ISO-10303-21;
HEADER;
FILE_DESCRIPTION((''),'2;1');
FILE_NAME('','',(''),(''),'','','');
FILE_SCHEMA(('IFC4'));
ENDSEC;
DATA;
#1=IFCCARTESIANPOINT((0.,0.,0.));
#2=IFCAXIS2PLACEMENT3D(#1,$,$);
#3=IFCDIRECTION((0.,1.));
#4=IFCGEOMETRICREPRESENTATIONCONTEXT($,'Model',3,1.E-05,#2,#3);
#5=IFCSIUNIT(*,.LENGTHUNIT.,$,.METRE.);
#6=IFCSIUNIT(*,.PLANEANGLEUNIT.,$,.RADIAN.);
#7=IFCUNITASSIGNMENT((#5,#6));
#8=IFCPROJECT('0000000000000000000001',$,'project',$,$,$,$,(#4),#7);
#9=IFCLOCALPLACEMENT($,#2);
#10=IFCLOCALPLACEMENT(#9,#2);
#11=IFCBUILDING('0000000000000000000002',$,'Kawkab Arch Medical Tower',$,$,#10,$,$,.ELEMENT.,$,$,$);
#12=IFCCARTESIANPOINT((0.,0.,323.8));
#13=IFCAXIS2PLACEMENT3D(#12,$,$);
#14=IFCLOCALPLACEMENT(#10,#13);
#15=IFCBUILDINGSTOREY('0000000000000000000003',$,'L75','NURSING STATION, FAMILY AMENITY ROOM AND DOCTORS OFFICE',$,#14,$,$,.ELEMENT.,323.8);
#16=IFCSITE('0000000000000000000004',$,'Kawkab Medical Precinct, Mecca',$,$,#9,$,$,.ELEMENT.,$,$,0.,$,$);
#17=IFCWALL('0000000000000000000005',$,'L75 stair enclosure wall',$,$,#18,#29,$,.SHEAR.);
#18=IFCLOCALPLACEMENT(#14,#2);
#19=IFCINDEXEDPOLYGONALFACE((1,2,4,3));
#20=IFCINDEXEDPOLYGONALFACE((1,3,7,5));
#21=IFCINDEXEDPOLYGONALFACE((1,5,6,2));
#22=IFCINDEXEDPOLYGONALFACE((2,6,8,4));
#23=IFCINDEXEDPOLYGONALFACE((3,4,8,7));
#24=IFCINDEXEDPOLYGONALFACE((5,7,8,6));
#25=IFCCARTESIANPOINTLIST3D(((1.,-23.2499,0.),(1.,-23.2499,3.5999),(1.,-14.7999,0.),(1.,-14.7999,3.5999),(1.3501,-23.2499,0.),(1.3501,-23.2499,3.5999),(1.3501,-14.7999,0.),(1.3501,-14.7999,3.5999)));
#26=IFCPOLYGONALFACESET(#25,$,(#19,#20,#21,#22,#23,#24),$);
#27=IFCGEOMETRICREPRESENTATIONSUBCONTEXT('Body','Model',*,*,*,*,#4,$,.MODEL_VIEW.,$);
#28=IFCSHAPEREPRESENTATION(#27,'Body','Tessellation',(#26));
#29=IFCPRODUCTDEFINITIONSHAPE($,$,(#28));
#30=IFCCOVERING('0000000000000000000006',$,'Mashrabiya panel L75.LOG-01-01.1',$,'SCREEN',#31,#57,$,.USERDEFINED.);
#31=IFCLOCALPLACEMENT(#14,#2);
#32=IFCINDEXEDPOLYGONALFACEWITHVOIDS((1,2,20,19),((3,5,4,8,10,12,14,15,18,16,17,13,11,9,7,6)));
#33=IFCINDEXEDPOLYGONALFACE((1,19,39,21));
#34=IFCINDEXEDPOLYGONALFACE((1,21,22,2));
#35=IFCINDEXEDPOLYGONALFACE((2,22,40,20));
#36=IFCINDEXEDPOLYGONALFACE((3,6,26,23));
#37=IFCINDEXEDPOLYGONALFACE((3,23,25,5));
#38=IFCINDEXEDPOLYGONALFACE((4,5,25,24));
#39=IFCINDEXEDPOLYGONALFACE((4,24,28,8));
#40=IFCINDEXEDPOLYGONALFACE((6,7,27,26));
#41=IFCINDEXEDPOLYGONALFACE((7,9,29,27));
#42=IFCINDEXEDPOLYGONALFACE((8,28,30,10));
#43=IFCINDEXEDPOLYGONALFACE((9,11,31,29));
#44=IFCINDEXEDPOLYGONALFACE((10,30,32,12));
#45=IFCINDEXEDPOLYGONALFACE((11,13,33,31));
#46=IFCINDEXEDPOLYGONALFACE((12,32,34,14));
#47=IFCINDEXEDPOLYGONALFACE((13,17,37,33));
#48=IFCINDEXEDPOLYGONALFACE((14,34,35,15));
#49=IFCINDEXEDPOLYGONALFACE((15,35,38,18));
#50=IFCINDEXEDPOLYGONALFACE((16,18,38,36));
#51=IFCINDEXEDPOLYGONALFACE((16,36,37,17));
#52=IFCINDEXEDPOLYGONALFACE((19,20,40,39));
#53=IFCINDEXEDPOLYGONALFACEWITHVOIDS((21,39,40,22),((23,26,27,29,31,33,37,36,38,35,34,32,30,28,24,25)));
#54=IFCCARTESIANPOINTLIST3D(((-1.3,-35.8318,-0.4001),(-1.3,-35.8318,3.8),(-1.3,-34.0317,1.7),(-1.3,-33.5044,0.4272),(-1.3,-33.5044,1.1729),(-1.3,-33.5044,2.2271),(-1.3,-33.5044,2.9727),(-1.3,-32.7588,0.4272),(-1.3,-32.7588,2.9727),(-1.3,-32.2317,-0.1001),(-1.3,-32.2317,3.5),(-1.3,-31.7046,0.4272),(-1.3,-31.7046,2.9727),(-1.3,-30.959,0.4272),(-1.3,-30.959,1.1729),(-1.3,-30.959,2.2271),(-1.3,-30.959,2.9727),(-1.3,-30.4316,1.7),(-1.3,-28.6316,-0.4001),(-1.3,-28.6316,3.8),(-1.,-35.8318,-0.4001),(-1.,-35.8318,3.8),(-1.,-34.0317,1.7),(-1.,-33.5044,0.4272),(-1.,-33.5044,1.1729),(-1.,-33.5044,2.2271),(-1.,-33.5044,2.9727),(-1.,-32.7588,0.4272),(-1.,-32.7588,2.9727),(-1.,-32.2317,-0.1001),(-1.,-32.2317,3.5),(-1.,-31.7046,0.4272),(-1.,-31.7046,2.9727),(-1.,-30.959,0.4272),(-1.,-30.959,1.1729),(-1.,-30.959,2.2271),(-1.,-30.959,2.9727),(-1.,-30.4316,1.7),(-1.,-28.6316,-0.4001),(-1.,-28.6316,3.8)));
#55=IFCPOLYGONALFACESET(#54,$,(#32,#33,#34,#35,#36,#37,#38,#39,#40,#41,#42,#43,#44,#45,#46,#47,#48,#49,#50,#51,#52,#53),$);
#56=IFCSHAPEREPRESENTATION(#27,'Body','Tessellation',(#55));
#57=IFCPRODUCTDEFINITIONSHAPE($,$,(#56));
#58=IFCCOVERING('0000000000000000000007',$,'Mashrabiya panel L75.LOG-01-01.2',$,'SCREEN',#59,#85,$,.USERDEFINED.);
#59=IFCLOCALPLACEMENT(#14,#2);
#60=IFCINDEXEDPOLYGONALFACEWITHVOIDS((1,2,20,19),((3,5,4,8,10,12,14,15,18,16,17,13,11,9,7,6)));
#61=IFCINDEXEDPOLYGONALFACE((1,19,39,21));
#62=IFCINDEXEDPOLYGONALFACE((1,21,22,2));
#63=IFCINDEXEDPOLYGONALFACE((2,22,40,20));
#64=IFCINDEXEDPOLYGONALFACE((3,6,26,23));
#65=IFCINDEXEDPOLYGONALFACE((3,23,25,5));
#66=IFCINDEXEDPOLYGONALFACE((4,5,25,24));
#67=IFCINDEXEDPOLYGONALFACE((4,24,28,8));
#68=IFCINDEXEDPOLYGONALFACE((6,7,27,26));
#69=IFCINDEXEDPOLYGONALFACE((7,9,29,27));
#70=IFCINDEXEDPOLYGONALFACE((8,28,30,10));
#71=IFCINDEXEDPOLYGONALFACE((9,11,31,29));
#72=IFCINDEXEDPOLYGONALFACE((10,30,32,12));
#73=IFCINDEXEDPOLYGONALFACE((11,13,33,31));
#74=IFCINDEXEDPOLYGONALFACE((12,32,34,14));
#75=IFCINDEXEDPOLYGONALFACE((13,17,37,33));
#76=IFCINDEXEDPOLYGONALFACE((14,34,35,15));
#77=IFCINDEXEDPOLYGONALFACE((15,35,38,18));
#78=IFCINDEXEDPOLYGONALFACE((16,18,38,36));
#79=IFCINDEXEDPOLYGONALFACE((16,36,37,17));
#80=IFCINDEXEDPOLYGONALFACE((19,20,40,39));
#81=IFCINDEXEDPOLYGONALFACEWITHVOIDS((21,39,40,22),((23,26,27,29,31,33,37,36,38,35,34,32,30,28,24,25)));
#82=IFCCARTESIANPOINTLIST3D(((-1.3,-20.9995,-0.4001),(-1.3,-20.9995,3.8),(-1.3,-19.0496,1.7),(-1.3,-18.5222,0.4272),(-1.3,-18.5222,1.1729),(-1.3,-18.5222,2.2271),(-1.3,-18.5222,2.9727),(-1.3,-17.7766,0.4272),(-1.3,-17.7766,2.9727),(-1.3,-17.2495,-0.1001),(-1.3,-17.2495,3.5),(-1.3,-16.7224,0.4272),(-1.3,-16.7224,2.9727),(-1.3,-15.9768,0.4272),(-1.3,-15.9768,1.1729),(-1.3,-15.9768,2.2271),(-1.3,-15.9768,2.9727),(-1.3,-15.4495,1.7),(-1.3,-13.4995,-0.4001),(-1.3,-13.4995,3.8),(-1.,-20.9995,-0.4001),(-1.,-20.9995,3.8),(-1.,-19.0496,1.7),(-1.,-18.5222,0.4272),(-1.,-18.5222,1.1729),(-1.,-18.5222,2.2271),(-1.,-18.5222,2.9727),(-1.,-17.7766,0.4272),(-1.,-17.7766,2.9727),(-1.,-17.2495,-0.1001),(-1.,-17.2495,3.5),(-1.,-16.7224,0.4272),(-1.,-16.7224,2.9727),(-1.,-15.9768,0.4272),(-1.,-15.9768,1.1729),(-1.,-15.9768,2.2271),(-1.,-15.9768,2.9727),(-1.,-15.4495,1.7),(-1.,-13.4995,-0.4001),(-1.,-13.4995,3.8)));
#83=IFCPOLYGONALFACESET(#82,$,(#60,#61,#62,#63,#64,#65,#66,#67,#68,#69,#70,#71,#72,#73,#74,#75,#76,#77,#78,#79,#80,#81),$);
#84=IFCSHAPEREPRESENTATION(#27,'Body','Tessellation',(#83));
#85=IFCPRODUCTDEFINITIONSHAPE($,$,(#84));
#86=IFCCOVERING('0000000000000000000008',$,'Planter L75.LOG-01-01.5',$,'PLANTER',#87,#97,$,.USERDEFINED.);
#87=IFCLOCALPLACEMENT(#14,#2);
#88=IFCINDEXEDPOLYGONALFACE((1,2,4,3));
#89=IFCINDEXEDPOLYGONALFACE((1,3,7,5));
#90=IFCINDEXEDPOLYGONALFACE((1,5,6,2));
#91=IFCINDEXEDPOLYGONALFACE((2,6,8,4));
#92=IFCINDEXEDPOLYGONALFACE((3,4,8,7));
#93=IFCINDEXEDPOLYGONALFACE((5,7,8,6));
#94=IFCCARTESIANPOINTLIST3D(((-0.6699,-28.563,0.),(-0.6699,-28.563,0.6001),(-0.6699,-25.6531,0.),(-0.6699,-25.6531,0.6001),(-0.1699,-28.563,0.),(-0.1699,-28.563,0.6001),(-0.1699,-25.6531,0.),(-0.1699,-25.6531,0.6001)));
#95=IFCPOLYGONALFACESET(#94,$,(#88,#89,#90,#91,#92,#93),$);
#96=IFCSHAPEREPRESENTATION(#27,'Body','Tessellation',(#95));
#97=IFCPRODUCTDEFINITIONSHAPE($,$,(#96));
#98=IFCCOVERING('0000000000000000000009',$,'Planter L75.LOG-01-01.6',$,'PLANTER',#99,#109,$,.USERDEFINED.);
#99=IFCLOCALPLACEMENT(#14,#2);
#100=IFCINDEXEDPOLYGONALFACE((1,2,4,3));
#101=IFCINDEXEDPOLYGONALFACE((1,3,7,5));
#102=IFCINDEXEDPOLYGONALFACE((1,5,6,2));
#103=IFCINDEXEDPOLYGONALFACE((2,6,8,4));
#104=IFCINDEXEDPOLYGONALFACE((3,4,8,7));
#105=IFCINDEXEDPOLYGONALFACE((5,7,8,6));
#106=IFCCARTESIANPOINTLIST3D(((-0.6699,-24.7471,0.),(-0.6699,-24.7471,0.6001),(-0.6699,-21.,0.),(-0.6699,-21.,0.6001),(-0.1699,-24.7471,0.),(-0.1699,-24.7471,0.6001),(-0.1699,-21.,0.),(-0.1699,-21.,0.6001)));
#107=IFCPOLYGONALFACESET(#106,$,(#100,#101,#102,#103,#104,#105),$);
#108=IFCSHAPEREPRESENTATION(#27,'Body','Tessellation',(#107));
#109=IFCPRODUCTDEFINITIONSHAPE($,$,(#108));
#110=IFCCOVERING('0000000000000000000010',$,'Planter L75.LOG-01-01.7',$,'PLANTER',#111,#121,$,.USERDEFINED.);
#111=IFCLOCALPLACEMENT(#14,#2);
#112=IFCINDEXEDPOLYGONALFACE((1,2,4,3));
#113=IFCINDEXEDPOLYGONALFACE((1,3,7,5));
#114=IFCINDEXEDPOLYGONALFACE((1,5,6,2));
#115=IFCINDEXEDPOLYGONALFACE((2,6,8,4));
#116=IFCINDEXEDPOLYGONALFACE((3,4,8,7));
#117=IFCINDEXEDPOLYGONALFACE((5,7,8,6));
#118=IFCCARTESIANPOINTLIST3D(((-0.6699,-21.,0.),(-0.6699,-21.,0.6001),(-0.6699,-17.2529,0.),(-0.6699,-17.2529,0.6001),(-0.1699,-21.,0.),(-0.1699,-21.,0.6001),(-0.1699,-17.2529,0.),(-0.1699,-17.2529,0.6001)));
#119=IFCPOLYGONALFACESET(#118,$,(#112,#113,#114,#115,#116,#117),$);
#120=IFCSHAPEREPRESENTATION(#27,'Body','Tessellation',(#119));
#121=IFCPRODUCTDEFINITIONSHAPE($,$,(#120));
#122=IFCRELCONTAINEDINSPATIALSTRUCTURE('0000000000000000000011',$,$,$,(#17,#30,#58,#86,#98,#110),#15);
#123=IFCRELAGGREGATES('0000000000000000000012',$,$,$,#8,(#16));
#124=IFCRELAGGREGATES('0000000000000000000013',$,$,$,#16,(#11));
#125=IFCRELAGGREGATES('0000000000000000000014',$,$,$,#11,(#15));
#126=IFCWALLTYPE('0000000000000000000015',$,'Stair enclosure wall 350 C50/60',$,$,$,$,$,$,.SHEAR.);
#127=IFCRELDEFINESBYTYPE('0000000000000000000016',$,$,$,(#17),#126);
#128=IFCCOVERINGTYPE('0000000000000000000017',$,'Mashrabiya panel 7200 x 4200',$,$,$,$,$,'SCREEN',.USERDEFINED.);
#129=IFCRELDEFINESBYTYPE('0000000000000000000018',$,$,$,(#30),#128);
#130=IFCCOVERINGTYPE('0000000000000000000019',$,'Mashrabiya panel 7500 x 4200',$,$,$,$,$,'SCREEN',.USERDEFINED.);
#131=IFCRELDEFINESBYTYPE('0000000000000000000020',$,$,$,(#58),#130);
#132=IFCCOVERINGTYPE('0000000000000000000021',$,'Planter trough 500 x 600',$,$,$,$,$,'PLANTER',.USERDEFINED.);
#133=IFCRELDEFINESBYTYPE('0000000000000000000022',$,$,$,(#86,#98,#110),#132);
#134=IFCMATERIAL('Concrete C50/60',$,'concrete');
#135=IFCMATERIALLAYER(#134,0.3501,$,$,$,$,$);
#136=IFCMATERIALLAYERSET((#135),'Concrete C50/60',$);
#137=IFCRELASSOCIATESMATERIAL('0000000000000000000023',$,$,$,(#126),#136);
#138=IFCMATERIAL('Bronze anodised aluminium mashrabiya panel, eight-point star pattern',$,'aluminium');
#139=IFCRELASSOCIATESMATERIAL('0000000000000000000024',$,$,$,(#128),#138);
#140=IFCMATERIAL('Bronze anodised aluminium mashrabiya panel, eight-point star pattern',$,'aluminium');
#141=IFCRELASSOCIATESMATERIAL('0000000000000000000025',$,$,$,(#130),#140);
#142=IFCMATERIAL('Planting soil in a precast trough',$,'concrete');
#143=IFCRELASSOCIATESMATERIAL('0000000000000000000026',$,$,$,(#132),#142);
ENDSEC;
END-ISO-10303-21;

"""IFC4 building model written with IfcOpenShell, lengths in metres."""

from ifc_helpers import new_model, si_unit, direction, frame, frame_2d, origin, origin_2d, place, context, subcontext, project, spatial, polyline, rectangle, outline, extrude, material, layer, layer_set, material_profile, profile_set, type_object, element, save


model = new_model("IFC4")

# Units and contexts
model_context = context("Model", 3, precision=1e-05, world=origin(), true_north=direction((0.0, 1.0)))
body_context = subcontext(model_context, "Body", "Model", "MODEL_VIEW")
ifc_project = project(units=[si_unit("LENGTHUNIT", "METRE"), si_unit("PLANEANGLEUNIT", "RADIAN")], contexts=[model_context])

# Site, building, storey
site_placement = place(None, origin())
site = spatial("IfcSite", under=ifc_project, at=site_placement, Name="Kawkab Medical Precinct, Mecca", CompositionType="ELEMENT", RefElevation=0.0)
building_placement = place(site_placement, origin())
building = spatial("IfcBuilding", under=site, at=building_placement, Name="Kawkab Arch Medical Tower", CompositionType="ELEMENT")
storey_placement = place(building_placement, frame((0.0, 0.0, 323.8)))
storey = spatial("IfcBuildingStorey", under=building, at=storey_placement, Name="L75", Description="NURSING STATION, FAMILY AMENITY ROOM AND DOCTORS OFFICE", CompositionType="ELEMENT", Elevation=323.8)

# Wall
ifc_material_1 = material(Name="Concrete C50/60", Category="concrete")
ifc_layer_1 = layer(ifc_material_1, 0.3501)
ifc_layer_set_1 = layer_set([ifc_layer_1], Name="Concrete C50/60")
wall_type_1 = type_object("IfcWallType", Name="Stair enclosure wall 350 C50/60", PredefinedType="SHEAR", material=ifc_layer_set_1)
wall_1_placement = place(storey_placement, frame((1.175, -23.25, 0.0), z_axis=(0.0, 0.0, 1.0), x_axis=(0.0, 1.0, 0.0)))
element("IfcWall", 1, at=wall_1_placement, inside=storey, type_object=wall_type_1, Name="L75 stair enclosure wall", PredefinedType="SHEAR", context=body_context, shape_type="SweptSolid", body=[
    extrude(rectangle(XDim=8.45, YDim=0.3501, at=frame_2d((4.2251, 0.0))), origin(), (0.0, 0.0, 1.0), 3.5999),
])

# Coverings
ifc_material_2 = material(Name="Bronze anodised aluminium mashrabiya panel, eight-point star pattern", Category="aluminium")
ifc_material_profile_1 = material_profile(ifc_material_2, outline(polyline([(-3.6001, -2.1001), (3.6001, -2.1001), (3.6001, 2.1001), (-3.6001, 2.1001), (-3.6001, -2.1001)]), holes=[polyline([(1.8, 0.0), (1.2727, 0.5271), (1.2727, 1.2727), (0.5271, 1.2727), (0.0, 1.8), (-0.5271, 1.2727), (-1.2727, 1.2727), (-1.2727, 0.5271), (-1.8, 0.0), (-1.2727, -0.5271), (-1.2727, -1.2727), (-0.5271, -1.2727), (0.0, -1.8), (0.5271, -1.2727), (1.2727, -1.2727), (1.2727, -0.5271), (1.8, 0.0)])]), Name="Mashrabiya panel 7200x4200")
ifc_profile_set_1 = profile_set([ifc_material_profile_1], Name="Bronze anodised aluminium mashrabiya panel, eight-point star pattern")
covering_type_1 = type_object("IfcCoveringType", Name="Mashrabiya panel 7200 x 4200", ElementType="SCREEN", PredefinedType="USERDEFINED", material=ifc_profile_set_1)
covering_1_placement = place(storey_placement, frame((-1.0, -32.2317, 1.7), z_axis=(-1.0, 0.0, 0.0), x_axis=(0.0, -1.0, 0.0)))
element("IfcCovering", 2, at=covering_1_placement, inside=storey, type_object=covering_type_1, Name="Mashrabiya panel L75.LOG-01-01.1", ObjectType="SCREEN", PredefinedType="USERDEFINED", context=body_context, shape_type="SweptSolid", body=[
    extrude(outline(polyline([(-3.6001, -2.1001), (3.6001, -2.1001), (3.6001, 2.1001), (-3.6001, 2.1001), (-3.6001, -2.1001)]), holes=[polyline([(1.8, 0.0), (1.2727, 0.5271), (1.2727, 1.2727), (0.5271, 1.2727), (0.0, 1.8), (-0.5271, 1.2727), (-1.2727, 1.2727), (-1.2727, 0.5271), (-1.8, 0.0), (-1.2727, -0.5271), (-1.2727, -1.2727), (-0.5271, -1.2727), (0.0, -1.8), (0.5271, -1.2727), (1.2727, -1.2727), (1.2727, -0.5271), (1.8, 0.0)])]), origin(), (0.0, 0.0, 1.0), 0.3),
])
ifc_material_3 = material(Name="Bronze anodised aluminium mashrabiya panel, eight-point star pattern", Category="aluminium")
ifc_material_profile_2 = material_profile(ifc_material_3, outline(polyline([(-3.75, -2.1001), (3.75, -2.1001), (3.75, 2.1001), (-3.75, 2.1001), (-3.75, -2.1001)]), holes=[polyline([(1.8, 0.0), (1.2727, 0.5271), (1.2727, 1.2727), (0.5271, 1.2727), (0.0, 1.8), (-0.5271, 1.2727), (-1.2727, 1.2727), (-1.2727, 0.5271), (-1.8, 0.0), (-1.2727, -0.5271), (-1.2727, -1.2727), (-0.5271, -1.2727), (0.0, -1.8), (0.5271, -1.2727), (1.2727, -1.2727), (1.2727, -0.5271), (1.8, 0.0)])]), Name="Mashrabiya panel 7500x4200")
ifc_profile_set_2 = profile_set([ifc_material_profile_2], Name="Bronze anodised aluminium mashrabiya panel, eight-point star pattern")
covering_type_2 = type_object("IfcCoveringType", Name="Mashrabiya panel 7500 x 4200", ElementType="SCREEN", PredefinedType="USERDEFINED", material=ifc_profile_set_2)
covering_2_placement = place(storey_placement, frame((-1.0, -17.2495, 1.7), z_axis=(-1.0, 0.0, 0.0), x_axis=(0.0, -1.0, 0.0)))
element("IfcCovering", 3, at=covering_2_placement, inside=storey, type_object=covering_type_2, Name="Mashrabiya panel L75.LOG-01-01.2", ObjectType="SCREEN", PredefinedType="USERDEFINED", context=body_context, shape_type="SweptSolid", body=[
    extrude(outline(polyline([(-3.75, -2.1001), (3.75, -2.1001), (3.75, 2.1001), (-3.75, 2.1001), (-3.75, -2.1001)]), holes=[polyline([(1.8, 0.0), (1.2727, 0.5271), (1.2727, 1.2727), (0.5271, 1.2727), (0.0, 1.8), (-0.5271, 1.2727), (-1.2727, 1.2727), (-1.2727, 0.5271), (-1.8, 0.0), (-1.2727, -0.5271), (-1.2727, -1.2727), (-0.5271, -1.2727), (0.0, -1.8), (0.5271, -1.2727), (1.2727, -1.2727), (1.2727, -0.5271), (1.8, 0.0)])]), origin(), (0.0, 0.0, 1.0), 0.3),
])
ifc_material_4 = material(Name="Planting soil in a precast trough", Category="concrete")
ifc_material_profile_3 = material_profile(ifc_material_4, rectangle(XDim=0.5, YDim=0.6001, at=origin_2d()), Name="Trough 500x600")
ifc_profile_set_3 = profile_set([ifc_material_profile_3], Name="Planting soil in a precast trough")
covering_type_3 = type_object("IfcCoveringType", Name="Planter trough 500 x 600", ElementType="PLANTER", PredefinedType="USERDEFINED", material=ifc_profile_set_3)
covering_3_placement = place(storey_placement, frame((-0.4199, -28.563, 0.3), z_axis=(0.0, 1.0, 0.0), x_axis=(-1.0, 0.0, 0.0)))
element("IfcCovering", 4, at=covering_3_placement, inside=storey, type_object=covering_type_3, Name="Planter L75.LOG-01-01.5", ObjectType="PLANTER", PredefinedType="USERDEFINED", context=body_context, shape_type="SweptSolid", body=[
    extrude(rectangle(XDim=0.5, YDim=0.6001, at=origin_2d()), origin(), (0.0, 0.0, 1.0), 2.9099),
])
for number, where, z_axis, x_axis, name in (
    (5, (-0.4199, -24.7471, 0.3), (0.0, 1.0, 0.0), (-1.0, 0.0, 0.0), "Planter L75.LOG-01-01.6"),
    (6, (-0.4199, -21.0, 0.3), (0.0, 1.0, 0.0), (-1.0, 0.0, 0.0), "Planter L75.LOG-01-01.7"),
):
    element("IfcCovering", number, at=place(storey_placement, frame(where, z_axis=z_axis, x_axis=x_axis)), inside=storey, type_object=covering_type_3, Name=name, ObjectType="PLANTER", PredefinedType="USERDEFINED", context=body_context, shape_type="SweptSolid", body=[
        extrude(rectangle(XDim=0.5, YDim=0.6001, at=origin_2d()), origin(), (0.0, 0.0, 1.0), 3.7471),
    ])

save(model, "model.ifc")
